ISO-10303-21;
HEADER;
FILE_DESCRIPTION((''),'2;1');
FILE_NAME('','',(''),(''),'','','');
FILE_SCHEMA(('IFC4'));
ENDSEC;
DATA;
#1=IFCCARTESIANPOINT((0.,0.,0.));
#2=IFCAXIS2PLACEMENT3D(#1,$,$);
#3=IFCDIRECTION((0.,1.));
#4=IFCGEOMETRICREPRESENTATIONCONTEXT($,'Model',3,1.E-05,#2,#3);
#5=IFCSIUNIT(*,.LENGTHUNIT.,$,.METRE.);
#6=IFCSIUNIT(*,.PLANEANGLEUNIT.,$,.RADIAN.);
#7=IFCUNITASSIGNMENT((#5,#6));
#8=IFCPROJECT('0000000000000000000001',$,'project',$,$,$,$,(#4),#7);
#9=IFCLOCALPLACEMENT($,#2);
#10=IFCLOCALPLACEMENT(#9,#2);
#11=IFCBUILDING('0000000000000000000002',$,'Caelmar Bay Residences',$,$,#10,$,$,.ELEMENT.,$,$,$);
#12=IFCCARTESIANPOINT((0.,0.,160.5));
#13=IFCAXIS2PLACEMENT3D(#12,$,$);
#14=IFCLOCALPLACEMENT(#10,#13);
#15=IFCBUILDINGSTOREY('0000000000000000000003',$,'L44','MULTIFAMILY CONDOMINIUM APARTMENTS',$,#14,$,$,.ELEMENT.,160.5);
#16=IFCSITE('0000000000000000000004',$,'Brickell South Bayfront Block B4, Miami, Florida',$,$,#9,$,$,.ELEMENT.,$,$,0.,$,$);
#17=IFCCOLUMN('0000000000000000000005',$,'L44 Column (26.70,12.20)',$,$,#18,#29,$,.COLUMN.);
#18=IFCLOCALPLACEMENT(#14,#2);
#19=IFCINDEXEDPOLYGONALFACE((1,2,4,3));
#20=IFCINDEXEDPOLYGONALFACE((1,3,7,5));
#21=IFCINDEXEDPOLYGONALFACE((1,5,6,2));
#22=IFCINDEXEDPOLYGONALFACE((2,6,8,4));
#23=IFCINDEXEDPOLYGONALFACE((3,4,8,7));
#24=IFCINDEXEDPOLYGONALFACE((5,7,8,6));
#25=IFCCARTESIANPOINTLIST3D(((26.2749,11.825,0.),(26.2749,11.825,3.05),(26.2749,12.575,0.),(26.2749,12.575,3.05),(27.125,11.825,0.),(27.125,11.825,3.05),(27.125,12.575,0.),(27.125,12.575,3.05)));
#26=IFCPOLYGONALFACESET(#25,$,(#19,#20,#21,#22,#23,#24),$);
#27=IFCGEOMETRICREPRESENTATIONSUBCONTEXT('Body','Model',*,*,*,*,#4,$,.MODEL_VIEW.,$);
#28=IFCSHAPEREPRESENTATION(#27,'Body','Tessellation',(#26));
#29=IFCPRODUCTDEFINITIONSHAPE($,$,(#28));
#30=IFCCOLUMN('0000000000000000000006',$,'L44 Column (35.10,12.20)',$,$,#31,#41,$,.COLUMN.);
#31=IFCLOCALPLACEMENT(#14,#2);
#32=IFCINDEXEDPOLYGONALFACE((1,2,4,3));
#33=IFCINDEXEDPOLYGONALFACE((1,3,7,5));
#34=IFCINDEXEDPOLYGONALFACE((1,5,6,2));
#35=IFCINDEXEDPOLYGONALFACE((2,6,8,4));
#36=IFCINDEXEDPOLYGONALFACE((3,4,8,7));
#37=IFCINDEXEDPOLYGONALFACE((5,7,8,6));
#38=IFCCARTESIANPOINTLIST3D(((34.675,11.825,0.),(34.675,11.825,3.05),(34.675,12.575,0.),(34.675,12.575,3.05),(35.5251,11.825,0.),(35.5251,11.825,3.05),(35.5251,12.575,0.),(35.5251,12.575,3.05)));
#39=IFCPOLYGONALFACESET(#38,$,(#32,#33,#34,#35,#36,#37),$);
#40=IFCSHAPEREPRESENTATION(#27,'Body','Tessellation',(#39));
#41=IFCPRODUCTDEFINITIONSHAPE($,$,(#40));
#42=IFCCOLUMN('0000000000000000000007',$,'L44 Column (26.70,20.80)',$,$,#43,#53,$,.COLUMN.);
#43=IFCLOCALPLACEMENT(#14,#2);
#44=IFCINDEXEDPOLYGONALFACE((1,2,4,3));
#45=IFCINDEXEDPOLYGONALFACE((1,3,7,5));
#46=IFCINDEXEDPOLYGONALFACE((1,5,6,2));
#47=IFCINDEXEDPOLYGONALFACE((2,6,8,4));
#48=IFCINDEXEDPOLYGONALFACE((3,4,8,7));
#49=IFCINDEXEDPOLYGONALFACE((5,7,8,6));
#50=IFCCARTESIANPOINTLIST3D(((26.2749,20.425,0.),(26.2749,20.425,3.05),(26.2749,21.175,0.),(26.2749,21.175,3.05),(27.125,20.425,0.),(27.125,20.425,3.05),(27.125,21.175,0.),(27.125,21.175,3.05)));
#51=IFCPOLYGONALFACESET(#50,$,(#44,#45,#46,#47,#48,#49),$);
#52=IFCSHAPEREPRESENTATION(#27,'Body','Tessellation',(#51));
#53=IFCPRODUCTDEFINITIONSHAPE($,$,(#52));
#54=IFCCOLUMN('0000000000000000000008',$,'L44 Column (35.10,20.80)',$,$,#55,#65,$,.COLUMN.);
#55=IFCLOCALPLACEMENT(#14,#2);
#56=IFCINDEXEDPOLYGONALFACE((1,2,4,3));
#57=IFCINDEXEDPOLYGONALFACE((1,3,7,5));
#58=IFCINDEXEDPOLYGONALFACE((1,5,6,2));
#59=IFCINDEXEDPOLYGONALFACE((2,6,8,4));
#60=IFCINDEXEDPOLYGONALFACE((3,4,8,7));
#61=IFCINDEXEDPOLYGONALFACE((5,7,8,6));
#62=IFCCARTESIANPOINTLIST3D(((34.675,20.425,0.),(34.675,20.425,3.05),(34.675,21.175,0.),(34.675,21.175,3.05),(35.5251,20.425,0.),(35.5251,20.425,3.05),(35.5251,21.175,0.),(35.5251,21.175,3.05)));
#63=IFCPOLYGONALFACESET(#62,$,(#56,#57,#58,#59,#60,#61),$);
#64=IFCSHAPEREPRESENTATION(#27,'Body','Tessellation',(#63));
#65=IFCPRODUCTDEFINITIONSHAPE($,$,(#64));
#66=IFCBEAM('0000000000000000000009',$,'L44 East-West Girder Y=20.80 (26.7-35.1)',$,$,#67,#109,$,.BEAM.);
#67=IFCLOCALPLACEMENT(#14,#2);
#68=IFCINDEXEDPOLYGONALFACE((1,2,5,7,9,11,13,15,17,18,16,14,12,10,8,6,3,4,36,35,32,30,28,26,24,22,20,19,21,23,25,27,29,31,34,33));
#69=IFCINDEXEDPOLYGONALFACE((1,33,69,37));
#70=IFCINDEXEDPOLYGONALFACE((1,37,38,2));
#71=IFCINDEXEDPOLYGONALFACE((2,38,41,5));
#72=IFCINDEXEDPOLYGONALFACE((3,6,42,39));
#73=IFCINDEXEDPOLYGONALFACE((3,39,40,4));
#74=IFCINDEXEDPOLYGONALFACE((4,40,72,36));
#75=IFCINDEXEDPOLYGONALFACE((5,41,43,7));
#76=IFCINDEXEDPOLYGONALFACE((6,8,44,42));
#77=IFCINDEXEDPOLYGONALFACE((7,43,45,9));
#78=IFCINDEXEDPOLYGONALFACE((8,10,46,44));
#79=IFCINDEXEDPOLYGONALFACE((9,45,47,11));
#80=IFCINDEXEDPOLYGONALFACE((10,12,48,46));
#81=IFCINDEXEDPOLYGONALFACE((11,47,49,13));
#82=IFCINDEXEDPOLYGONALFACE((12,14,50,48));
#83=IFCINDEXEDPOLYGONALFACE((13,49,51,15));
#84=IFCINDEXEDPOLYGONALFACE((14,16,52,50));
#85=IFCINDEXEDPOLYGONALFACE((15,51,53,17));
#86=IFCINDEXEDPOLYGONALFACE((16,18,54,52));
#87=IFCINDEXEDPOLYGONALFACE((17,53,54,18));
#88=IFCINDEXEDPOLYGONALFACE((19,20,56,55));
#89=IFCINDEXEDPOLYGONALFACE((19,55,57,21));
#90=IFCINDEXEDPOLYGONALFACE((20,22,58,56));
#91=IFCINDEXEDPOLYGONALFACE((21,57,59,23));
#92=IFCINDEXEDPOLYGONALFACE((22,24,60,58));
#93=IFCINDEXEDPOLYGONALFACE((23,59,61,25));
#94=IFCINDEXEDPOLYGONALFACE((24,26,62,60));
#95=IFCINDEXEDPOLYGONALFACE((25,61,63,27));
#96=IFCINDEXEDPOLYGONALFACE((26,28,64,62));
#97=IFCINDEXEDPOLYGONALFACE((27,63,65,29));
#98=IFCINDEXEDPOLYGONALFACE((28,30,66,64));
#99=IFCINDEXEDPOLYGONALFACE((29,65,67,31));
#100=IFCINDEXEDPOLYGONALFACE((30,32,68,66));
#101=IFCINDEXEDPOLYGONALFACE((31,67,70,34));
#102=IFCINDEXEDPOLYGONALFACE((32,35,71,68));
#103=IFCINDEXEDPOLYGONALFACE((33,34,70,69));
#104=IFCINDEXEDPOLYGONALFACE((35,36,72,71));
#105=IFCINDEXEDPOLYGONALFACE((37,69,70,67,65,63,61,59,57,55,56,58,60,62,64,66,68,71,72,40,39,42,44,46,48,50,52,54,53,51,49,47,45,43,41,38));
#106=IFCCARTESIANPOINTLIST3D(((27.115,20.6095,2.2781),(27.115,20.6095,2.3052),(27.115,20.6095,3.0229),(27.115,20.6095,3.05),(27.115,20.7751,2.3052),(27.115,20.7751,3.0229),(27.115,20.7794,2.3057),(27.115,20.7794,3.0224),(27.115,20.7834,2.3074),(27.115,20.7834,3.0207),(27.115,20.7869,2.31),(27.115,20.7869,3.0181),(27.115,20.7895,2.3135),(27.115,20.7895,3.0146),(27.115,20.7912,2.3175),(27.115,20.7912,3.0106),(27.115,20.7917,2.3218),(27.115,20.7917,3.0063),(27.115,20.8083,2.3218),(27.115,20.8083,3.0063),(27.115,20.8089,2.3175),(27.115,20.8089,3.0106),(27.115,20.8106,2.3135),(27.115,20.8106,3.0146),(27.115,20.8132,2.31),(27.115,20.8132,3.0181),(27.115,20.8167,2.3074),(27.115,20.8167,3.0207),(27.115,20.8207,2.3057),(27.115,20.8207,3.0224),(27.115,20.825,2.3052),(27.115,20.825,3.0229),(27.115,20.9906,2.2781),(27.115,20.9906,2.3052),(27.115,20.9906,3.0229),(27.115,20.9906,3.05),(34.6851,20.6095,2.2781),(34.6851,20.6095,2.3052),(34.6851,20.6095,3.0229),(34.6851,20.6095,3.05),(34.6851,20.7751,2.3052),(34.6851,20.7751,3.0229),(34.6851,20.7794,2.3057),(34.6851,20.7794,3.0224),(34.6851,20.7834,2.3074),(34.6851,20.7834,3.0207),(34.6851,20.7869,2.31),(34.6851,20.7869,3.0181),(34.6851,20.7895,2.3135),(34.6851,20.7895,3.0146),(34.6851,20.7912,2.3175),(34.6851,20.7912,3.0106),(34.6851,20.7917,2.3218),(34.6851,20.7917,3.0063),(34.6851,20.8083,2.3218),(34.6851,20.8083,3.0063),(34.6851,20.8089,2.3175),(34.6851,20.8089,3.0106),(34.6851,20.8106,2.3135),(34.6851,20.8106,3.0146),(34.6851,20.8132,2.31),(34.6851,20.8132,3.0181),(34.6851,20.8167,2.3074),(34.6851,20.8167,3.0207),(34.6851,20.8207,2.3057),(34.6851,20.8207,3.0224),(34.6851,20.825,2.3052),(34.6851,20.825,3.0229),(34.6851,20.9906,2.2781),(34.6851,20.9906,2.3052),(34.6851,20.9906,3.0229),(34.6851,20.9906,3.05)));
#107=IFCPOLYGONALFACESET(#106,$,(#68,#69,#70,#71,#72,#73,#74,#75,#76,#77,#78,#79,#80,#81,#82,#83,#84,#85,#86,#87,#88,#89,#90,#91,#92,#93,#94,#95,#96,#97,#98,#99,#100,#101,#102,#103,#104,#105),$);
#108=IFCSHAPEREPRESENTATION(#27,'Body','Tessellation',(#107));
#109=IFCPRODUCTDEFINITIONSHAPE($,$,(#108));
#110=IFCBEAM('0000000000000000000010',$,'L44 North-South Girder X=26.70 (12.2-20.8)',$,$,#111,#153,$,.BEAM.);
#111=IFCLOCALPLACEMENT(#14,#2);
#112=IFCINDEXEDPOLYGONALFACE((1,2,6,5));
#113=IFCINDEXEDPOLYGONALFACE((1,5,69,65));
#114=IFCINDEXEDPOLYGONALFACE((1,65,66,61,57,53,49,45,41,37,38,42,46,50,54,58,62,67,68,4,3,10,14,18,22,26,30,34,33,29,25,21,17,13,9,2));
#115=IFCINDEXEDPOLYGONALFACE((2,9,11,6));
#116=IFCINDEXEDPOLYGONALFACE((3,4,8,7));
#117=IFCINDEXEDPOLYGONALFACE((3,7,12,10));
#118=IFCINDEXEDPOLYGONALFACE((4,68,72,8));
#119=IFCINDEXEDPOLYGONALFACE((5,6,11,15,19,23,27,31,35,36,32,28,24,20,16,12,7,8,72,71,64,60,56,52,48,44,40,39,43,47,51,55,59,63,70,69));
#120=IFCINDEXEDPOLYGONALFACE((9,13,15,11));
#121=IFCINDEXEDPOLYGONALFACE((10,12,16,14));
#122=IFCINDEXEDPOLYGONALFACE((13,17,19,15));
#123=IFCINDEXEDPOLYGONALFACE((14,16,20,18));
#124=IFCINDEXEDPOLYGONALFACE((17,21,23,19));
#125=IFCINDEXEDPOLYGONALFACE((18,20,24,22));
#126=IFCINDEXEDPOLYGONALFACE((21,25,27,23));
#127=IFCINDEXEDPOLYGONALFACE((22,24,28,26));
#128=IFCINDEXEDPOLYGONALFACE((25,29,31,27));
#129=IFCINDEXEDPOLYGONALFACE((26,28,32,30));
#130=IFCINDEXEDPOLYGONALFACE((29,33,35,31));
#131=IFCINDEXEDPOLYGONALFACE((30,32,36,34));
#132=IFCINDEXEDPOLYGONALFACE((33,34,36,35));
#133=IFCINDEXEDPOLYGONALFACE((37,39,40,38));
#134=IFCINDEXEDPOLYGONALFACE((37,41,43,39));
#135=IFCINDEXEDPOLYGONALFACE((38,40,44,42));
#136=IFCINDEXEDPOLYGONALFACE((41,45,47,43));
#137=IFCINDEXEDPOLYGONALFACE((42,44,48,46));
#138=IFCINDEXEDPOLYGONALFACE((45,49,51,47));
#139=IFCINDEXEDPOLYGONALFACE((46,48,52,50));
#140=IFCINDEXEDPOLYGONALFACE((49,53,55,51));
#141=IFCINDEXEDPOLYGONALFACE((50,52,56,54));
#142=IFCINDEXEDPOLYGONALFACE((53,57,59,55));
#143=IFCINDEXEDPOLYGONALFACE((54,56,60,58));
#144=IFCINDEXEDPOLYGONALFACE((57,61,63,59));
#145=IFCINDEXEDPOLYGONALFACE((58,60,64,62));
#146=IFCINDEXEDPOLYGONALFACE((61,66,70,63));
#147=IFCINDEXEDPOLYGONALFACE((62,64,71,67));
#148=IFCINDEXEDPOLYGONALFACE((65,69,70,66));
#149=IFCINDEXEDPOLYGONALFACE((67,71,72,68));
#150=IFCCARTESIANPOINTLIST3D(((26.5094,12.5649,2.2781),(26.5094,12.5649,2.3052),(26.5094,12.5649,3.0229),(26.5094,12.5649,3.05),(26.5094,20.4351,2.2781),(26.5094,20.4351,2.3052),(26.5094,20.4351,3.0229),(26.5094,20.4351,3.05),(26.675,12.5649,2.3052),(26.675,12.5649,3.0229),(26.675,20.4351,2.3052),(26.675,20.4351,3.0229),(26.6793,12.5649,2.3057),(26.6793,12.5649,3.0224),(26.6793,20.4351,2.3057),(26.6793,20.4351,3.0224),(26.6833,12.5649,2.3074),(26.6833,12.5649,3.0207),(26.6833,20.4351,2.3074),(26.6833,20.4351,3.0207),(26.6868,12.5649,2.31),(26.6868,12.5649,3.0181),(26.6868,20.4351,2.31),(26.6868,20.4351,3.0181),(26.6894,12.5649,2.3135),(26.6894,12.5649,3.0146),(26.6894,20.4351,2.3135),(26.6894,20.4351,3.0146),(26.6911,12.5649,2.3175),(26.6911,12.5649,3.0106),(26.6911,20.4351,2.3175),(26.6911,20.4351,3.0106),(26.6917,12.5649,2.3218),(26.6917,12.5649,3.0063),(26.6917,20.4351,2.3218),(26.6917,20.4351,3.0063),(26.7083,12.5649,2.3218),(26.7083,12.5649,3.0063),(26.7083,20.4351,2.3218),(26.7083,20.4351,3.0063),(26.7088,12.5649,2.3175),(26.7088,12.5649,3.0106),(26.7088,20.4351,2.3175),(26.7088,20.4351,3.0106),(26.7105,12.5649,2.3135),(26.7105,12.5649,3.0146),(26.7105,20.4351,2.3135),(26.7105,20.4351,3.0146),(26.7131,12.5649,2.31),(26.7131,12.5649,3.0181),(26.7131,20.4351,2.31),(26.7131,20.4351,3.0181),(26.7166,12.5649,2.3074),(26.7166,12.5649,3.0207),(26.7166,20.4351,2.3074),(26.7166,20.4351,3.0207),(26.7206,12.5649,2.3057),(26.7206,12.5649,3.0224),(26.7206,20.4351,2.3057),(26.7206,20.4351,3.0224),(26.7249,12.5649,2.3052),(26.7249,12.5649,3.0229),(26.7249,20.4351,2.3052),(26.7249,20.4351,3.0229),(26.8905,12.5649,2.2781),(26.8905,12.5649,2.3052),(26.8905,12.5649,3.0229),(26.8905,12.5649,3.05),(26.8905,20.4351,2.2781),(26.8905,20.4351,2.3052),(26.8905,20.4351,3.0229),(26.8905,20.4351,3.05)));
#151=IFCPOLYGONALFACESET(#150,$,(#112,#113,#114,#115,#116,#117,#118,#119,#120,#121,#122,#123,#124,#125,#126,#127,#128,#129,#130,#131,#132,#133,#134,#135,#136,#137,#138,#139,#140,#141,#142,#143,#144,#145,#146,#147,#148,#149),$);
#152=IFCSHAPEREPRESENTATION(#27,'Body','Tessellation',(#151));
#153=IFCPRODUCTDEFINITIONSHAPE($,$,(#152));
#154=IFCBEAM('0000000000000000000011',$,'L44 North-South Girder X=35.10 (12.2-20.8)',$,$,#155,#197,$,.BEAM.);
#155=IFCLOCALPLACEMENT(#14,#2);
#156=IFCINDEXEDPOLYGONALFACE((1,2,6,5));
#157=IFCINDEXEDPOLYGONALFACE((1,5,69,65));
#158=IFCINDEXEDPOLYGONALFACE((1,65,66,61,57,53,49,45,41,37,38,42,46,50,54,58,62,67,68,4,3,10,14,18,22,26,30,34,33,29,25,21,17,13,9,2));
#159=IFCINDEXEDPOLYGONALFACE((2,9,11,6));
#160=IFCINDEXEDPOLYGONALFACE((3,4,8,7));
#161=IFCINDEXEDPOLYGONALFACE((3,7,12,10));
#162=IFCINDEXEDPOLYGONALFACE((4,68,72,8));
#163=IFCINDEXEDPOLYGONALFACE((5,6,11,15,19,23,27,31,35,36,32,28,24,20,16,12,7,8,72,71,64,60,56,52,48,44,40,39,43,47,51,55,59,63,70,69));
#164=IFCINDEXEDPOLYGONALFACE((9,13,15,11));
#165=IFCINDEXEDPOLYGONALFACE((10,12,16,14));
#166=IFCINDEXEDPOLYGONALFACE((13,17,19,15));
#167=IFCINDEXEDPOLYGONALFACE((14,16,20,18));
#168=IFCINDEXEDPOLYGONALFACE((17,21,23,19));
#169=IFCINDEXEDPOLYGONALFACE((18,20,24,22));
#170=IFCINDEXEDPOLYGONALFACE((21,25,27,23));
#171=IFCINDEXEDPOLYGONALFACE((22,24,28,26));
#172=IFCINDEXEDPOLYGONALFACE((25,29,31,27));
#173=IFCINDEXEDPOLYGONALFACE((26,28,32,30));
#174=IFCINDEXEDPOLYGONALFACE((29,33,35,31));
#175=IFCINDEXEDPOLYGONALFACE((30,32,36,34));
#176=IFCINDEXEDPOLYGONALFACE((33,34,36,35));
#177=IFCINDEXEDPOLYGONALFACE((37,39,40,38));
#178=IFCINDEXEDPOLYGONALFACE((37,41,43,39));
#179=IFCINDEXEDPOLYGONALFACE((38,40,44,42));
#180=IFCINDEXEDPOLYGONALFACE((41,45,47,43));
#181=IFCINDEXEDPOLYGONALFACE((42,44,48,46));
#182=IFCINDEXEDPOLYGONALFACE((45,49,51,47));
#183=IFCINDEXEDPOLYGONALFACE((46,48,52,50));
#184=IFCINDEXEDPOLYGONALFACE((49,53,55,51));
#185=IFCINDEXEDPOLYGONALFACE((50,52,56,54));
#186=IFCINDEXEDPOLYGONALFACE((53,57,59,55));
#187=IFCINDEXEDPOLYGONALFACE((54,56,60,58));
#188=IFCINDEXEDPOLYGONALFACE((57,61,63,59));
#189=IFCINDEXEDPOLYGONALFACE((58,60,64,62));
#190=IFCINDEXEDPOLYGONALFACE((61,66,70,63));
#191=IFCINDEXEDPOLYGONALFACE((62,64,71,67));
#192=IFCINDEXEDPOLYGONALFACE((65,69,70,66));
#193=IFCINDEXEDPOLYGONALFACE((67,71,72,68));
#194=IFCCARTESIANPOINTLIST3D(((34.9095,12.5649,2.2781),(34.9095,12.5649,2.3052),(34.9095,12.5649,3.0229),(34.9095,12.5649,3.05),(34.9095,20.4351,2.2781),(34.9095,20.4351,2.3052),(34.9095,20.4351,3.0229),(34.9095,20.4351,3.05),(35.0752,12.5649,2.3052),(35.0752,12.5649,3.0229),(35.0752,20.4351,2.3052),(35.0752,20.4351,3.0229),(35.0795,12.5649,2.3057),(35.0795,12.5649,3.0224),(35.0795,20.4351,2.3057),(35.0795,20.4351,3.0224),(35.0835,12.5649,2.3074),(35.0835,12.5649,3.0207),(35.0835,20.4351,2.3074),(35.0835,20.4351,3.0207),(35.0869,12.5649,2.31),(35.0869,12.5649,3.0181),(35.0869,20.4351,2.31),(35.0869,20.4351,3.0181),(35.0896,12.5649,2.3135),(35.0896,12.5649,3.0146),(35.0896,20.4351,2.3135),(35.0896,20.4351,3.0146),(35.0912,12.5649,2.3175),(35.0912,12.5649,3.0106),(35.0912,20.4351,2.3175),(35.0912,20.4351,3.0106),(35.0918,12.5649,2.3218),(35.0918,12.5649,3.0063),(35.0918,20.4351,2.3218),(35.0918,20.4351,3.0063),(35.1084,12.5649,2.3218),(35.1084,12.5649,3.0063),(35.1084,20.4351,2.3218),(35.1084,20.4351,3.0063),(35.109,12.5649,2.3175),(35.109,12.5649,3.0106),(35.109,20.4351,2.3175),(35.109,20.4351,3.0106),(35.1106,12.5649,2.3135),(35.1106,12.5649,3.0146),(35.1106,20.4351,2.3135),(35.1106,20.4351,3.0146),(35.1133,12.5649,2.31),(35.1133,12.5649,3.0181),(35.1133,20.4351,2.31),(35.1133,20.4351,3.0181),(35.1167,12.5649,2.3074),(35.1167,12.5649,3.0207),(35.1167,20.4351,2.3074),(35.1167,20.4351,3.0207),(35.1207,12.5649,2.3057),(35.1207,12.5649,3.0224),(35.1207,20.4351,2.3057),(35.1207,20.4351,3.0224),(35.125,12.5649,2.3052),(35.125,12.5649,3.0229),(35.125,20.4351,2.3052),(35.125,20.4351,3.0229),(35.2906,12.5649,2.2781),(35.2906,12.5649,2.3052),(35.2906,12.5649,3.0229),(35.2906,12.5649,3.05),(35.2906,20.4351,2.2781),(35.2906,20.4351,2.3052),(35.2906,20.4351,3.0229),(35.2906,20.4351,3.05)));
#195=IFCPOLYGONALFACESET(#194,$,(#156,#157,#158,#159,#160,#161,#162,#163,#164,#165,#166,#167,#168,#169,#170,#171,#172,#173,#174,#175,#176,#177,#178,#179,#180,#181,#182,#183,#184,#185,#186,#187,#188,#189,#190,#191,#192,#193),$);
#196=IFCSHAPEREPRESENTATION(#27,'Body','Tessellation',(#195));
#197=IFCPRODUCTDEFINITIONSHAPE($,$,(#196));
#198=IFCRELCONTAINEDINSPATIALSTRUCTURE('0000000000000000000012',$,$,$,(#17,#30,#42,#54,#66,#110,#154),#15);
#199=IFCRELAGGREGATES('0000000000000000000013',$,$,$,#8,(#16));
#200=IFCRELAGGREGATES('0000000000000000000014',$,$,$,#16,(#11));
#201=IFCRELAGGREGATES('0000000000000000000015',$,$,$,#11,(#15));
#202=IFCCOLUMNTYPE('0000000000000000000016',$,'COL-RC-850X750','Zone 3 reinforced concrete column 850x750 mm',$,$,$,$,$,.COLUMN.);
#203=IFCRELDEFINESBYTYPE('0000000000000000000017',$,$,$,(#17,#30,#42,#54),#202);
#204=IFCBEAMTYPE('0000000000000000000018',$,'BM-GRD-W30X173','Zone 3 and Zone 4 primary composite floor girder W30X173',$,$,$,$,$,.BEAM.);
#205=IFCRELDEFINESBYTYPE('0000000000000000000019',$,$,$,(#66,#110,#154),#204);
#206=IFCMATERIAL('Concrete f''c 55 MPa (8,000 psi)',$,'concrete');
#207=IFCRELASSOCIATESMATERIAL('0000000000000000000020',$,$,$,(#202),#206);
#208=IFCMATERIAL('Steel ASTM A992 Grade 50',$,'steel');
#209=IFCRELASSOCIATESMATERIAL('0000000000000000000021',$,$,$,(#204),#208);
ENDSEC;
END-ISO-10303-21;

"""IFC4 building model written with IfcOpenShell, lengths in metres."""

from ifc_helpers import new_model, si_unit, direction, frame, origin, origin_2d, place, context, subcontext, project, spatial, rectangle, i_section, extrude, material, material_profile, profile_set, type_object, element, save


model = new_model("IFC4")

# Units and contexts
model_context = context("Model", 3, precision=1e-05, world=origin(), true_north=direction((0.0, 1.0)))
body_context = subcontext(model_context, "Body", "Model", "MODEL_VIEW")
ifc_project = project(units=[si_unit("LENGTHUNIT", "METRE"), si_unit("PLANEANGLEUNIT", "RADIAN")], contexts=[model_context])

# Site, building, storey
site_placement = place(None, origin())
site = spatial("IfcSite", under=ifc_project, at=site_placement, Name="Brickell South Bayfront Block B4, Miami, Florida", CompositionType="ELEMENT", RefElevation=0.0)
building_placement = place(site_placement, origin())
building = spatial("IfcBuilding", under=site, at=building_placement, Name="Caelmar Bay Residences", CompositionType="ELEMENT")
storey_placement = place(building_placement, frame((0.0, 0.0, 160.5)))
storey = spatial("IfcBuildingStorey", under=building, at=storey_placement, Name="L44", Description="MULTIFAMILY CONDOMINIUM APARTMENTS", CompositionType="ELEMENT", Elevation=160.5)

# Columns
ifc_material_1 = material(Name="Concrete f'c 55 MPa (8,000 psi)", Category="concrete")
ifc_material_profile_1 = material_profile(ifc_material_1, rectangle(XDim=0.8501, YDim=0.75, at=origin_2d()), Name="RC-COL-850X750")
ifc_profile_set_1 = profile_set([ifc_material_profile_1], Name="Concrete f'c 55 MPa (8,000 psi)")
column_type = type_object("IfcColumnType", Name="COL-RC-850X750", Description="Zone 3 reinforced concrete column 850x750 mm", PredefinedType="COLUMN", material=ifc_profile_set_1)
for number, where, z_axis, x_axis, name in (
    (1, (26.7, 12.2, 0.0), (0.0, 0.0, 1.0), (1.0, 0.0, 0.0), "L44 Column (26.70,12.20)"),
    (2, (35.1001, 12.2, 0.0), (0.0, 0.0, 1.0), (1.0, 0.0, 0.0), "L44 Column (35.10,12.20)"),
    (3, (26.7, 20.8, 0.0), (0.0, 0.0, 1.0), (1.0, 0.0, 0.0), "L44 Column (26.70,20.80)"),
    (4, (35.1001, 20.8, 0.0), (0.0, 0.0, 1.0), (1.0, 0.0, 0.0), "L44 Column (35.10,20.80)"),
):
    element("IfcColumn", number, at=place(storey_placement, frame(where, z_axis=z_axis, x_axis=x_axis)), inside=storey, type_object=column_type, Name=name, PredefinedType="COLUMN", context=body_context, shape_type="SweptSolid", body=[
        extrude(rectangle(XDim=0.8501, YDim=0.75, at=origin_2d()), origin(), (0.0, 0.0, 1.0), 3.05),
    ])

# Beams
ifc_material_2 = material(Name="Steel ASTM A992 Grade 50", Category="steel")
ifc_material_profile_2 = material_profile(ifc_material_2, i_section(OverallWidth=0.3811, OverallDepth=0.772, WebThickness=0.0166, FlangeThickness=0.0271, FilletRadius=0.0166, at=origin_2d()), Name="W30X173")
ifc_profile_set_2 = profile_set([ifc_material_profile_2], Name="Steel ASTM A992 Grade 50")
beam_type_1 = type_object("IfcBeamType", Name="BM-GRD-W30X173", Description="Zone 3 and Zone 4 primary composite floor girder W30X173", PredefinedType="BEAM", material=ifc_profile_set_2)
beam_1_placement = place(storey_placement, frame((27.115, 20.8, 2.6641), z_axis=(1.0, 0.0, 0.0), x_axis=(0.0, 1.0, 0.0)))
element("IfcBeam", 5, at=beam_1_placement, inside=storey, type_object=beam_type_1, Name="L44 East-West Girder Y=20.80 (26.7-35.1)", PredefinedType="BEAM", context=body_context, shape_type="SweptSolid", body=[
    extrude(i_section(OverallWidth=0.3811, OverallDepth=0.772, WebThickness=0.0166, FlangeThickness=0.0271, FilletRadius=0.0166, at=origin_2d()), origin(), (0.0, 0.0, 1.0), 7.5701),
])
for number, where, z_axis, x_axis, name in (
    (6, (26.7, 12.5649, 2.6641), (0.0, 1.0, 0.0), (-1.0, 0.0, 0.0), "L44 North-South Girder X=26.70 (12.2-20.8)"),
    (7, (35.1001, 12.5649, 2.6641), (0.0, 1.0, 0.0), (-1.0, 0.0, 0.0), "L44 North-South Girder X=35.10 (12.2-20.8)"),
):
    element("IfcBeam", number, at=place(storey_placement, frame(where, z_axis=z_axis, x_axis=x_axis)), inside=storey, type_object=beam_type_1, Name=name, PredefinedType="BEAM", context=body_context, shape_type="SweptSolid", body=[
        extrude(i_section(OverallWidth=0.3811, OverallDepth=0.772, WebThickness=0.0166, FlangeThickness=0.0271, FilletRadius=0.0166, at=origin_2d()), origin(), (0.0, 0.0, 1.0), 7.8701),
    ])

save(model, "model.ifc")
